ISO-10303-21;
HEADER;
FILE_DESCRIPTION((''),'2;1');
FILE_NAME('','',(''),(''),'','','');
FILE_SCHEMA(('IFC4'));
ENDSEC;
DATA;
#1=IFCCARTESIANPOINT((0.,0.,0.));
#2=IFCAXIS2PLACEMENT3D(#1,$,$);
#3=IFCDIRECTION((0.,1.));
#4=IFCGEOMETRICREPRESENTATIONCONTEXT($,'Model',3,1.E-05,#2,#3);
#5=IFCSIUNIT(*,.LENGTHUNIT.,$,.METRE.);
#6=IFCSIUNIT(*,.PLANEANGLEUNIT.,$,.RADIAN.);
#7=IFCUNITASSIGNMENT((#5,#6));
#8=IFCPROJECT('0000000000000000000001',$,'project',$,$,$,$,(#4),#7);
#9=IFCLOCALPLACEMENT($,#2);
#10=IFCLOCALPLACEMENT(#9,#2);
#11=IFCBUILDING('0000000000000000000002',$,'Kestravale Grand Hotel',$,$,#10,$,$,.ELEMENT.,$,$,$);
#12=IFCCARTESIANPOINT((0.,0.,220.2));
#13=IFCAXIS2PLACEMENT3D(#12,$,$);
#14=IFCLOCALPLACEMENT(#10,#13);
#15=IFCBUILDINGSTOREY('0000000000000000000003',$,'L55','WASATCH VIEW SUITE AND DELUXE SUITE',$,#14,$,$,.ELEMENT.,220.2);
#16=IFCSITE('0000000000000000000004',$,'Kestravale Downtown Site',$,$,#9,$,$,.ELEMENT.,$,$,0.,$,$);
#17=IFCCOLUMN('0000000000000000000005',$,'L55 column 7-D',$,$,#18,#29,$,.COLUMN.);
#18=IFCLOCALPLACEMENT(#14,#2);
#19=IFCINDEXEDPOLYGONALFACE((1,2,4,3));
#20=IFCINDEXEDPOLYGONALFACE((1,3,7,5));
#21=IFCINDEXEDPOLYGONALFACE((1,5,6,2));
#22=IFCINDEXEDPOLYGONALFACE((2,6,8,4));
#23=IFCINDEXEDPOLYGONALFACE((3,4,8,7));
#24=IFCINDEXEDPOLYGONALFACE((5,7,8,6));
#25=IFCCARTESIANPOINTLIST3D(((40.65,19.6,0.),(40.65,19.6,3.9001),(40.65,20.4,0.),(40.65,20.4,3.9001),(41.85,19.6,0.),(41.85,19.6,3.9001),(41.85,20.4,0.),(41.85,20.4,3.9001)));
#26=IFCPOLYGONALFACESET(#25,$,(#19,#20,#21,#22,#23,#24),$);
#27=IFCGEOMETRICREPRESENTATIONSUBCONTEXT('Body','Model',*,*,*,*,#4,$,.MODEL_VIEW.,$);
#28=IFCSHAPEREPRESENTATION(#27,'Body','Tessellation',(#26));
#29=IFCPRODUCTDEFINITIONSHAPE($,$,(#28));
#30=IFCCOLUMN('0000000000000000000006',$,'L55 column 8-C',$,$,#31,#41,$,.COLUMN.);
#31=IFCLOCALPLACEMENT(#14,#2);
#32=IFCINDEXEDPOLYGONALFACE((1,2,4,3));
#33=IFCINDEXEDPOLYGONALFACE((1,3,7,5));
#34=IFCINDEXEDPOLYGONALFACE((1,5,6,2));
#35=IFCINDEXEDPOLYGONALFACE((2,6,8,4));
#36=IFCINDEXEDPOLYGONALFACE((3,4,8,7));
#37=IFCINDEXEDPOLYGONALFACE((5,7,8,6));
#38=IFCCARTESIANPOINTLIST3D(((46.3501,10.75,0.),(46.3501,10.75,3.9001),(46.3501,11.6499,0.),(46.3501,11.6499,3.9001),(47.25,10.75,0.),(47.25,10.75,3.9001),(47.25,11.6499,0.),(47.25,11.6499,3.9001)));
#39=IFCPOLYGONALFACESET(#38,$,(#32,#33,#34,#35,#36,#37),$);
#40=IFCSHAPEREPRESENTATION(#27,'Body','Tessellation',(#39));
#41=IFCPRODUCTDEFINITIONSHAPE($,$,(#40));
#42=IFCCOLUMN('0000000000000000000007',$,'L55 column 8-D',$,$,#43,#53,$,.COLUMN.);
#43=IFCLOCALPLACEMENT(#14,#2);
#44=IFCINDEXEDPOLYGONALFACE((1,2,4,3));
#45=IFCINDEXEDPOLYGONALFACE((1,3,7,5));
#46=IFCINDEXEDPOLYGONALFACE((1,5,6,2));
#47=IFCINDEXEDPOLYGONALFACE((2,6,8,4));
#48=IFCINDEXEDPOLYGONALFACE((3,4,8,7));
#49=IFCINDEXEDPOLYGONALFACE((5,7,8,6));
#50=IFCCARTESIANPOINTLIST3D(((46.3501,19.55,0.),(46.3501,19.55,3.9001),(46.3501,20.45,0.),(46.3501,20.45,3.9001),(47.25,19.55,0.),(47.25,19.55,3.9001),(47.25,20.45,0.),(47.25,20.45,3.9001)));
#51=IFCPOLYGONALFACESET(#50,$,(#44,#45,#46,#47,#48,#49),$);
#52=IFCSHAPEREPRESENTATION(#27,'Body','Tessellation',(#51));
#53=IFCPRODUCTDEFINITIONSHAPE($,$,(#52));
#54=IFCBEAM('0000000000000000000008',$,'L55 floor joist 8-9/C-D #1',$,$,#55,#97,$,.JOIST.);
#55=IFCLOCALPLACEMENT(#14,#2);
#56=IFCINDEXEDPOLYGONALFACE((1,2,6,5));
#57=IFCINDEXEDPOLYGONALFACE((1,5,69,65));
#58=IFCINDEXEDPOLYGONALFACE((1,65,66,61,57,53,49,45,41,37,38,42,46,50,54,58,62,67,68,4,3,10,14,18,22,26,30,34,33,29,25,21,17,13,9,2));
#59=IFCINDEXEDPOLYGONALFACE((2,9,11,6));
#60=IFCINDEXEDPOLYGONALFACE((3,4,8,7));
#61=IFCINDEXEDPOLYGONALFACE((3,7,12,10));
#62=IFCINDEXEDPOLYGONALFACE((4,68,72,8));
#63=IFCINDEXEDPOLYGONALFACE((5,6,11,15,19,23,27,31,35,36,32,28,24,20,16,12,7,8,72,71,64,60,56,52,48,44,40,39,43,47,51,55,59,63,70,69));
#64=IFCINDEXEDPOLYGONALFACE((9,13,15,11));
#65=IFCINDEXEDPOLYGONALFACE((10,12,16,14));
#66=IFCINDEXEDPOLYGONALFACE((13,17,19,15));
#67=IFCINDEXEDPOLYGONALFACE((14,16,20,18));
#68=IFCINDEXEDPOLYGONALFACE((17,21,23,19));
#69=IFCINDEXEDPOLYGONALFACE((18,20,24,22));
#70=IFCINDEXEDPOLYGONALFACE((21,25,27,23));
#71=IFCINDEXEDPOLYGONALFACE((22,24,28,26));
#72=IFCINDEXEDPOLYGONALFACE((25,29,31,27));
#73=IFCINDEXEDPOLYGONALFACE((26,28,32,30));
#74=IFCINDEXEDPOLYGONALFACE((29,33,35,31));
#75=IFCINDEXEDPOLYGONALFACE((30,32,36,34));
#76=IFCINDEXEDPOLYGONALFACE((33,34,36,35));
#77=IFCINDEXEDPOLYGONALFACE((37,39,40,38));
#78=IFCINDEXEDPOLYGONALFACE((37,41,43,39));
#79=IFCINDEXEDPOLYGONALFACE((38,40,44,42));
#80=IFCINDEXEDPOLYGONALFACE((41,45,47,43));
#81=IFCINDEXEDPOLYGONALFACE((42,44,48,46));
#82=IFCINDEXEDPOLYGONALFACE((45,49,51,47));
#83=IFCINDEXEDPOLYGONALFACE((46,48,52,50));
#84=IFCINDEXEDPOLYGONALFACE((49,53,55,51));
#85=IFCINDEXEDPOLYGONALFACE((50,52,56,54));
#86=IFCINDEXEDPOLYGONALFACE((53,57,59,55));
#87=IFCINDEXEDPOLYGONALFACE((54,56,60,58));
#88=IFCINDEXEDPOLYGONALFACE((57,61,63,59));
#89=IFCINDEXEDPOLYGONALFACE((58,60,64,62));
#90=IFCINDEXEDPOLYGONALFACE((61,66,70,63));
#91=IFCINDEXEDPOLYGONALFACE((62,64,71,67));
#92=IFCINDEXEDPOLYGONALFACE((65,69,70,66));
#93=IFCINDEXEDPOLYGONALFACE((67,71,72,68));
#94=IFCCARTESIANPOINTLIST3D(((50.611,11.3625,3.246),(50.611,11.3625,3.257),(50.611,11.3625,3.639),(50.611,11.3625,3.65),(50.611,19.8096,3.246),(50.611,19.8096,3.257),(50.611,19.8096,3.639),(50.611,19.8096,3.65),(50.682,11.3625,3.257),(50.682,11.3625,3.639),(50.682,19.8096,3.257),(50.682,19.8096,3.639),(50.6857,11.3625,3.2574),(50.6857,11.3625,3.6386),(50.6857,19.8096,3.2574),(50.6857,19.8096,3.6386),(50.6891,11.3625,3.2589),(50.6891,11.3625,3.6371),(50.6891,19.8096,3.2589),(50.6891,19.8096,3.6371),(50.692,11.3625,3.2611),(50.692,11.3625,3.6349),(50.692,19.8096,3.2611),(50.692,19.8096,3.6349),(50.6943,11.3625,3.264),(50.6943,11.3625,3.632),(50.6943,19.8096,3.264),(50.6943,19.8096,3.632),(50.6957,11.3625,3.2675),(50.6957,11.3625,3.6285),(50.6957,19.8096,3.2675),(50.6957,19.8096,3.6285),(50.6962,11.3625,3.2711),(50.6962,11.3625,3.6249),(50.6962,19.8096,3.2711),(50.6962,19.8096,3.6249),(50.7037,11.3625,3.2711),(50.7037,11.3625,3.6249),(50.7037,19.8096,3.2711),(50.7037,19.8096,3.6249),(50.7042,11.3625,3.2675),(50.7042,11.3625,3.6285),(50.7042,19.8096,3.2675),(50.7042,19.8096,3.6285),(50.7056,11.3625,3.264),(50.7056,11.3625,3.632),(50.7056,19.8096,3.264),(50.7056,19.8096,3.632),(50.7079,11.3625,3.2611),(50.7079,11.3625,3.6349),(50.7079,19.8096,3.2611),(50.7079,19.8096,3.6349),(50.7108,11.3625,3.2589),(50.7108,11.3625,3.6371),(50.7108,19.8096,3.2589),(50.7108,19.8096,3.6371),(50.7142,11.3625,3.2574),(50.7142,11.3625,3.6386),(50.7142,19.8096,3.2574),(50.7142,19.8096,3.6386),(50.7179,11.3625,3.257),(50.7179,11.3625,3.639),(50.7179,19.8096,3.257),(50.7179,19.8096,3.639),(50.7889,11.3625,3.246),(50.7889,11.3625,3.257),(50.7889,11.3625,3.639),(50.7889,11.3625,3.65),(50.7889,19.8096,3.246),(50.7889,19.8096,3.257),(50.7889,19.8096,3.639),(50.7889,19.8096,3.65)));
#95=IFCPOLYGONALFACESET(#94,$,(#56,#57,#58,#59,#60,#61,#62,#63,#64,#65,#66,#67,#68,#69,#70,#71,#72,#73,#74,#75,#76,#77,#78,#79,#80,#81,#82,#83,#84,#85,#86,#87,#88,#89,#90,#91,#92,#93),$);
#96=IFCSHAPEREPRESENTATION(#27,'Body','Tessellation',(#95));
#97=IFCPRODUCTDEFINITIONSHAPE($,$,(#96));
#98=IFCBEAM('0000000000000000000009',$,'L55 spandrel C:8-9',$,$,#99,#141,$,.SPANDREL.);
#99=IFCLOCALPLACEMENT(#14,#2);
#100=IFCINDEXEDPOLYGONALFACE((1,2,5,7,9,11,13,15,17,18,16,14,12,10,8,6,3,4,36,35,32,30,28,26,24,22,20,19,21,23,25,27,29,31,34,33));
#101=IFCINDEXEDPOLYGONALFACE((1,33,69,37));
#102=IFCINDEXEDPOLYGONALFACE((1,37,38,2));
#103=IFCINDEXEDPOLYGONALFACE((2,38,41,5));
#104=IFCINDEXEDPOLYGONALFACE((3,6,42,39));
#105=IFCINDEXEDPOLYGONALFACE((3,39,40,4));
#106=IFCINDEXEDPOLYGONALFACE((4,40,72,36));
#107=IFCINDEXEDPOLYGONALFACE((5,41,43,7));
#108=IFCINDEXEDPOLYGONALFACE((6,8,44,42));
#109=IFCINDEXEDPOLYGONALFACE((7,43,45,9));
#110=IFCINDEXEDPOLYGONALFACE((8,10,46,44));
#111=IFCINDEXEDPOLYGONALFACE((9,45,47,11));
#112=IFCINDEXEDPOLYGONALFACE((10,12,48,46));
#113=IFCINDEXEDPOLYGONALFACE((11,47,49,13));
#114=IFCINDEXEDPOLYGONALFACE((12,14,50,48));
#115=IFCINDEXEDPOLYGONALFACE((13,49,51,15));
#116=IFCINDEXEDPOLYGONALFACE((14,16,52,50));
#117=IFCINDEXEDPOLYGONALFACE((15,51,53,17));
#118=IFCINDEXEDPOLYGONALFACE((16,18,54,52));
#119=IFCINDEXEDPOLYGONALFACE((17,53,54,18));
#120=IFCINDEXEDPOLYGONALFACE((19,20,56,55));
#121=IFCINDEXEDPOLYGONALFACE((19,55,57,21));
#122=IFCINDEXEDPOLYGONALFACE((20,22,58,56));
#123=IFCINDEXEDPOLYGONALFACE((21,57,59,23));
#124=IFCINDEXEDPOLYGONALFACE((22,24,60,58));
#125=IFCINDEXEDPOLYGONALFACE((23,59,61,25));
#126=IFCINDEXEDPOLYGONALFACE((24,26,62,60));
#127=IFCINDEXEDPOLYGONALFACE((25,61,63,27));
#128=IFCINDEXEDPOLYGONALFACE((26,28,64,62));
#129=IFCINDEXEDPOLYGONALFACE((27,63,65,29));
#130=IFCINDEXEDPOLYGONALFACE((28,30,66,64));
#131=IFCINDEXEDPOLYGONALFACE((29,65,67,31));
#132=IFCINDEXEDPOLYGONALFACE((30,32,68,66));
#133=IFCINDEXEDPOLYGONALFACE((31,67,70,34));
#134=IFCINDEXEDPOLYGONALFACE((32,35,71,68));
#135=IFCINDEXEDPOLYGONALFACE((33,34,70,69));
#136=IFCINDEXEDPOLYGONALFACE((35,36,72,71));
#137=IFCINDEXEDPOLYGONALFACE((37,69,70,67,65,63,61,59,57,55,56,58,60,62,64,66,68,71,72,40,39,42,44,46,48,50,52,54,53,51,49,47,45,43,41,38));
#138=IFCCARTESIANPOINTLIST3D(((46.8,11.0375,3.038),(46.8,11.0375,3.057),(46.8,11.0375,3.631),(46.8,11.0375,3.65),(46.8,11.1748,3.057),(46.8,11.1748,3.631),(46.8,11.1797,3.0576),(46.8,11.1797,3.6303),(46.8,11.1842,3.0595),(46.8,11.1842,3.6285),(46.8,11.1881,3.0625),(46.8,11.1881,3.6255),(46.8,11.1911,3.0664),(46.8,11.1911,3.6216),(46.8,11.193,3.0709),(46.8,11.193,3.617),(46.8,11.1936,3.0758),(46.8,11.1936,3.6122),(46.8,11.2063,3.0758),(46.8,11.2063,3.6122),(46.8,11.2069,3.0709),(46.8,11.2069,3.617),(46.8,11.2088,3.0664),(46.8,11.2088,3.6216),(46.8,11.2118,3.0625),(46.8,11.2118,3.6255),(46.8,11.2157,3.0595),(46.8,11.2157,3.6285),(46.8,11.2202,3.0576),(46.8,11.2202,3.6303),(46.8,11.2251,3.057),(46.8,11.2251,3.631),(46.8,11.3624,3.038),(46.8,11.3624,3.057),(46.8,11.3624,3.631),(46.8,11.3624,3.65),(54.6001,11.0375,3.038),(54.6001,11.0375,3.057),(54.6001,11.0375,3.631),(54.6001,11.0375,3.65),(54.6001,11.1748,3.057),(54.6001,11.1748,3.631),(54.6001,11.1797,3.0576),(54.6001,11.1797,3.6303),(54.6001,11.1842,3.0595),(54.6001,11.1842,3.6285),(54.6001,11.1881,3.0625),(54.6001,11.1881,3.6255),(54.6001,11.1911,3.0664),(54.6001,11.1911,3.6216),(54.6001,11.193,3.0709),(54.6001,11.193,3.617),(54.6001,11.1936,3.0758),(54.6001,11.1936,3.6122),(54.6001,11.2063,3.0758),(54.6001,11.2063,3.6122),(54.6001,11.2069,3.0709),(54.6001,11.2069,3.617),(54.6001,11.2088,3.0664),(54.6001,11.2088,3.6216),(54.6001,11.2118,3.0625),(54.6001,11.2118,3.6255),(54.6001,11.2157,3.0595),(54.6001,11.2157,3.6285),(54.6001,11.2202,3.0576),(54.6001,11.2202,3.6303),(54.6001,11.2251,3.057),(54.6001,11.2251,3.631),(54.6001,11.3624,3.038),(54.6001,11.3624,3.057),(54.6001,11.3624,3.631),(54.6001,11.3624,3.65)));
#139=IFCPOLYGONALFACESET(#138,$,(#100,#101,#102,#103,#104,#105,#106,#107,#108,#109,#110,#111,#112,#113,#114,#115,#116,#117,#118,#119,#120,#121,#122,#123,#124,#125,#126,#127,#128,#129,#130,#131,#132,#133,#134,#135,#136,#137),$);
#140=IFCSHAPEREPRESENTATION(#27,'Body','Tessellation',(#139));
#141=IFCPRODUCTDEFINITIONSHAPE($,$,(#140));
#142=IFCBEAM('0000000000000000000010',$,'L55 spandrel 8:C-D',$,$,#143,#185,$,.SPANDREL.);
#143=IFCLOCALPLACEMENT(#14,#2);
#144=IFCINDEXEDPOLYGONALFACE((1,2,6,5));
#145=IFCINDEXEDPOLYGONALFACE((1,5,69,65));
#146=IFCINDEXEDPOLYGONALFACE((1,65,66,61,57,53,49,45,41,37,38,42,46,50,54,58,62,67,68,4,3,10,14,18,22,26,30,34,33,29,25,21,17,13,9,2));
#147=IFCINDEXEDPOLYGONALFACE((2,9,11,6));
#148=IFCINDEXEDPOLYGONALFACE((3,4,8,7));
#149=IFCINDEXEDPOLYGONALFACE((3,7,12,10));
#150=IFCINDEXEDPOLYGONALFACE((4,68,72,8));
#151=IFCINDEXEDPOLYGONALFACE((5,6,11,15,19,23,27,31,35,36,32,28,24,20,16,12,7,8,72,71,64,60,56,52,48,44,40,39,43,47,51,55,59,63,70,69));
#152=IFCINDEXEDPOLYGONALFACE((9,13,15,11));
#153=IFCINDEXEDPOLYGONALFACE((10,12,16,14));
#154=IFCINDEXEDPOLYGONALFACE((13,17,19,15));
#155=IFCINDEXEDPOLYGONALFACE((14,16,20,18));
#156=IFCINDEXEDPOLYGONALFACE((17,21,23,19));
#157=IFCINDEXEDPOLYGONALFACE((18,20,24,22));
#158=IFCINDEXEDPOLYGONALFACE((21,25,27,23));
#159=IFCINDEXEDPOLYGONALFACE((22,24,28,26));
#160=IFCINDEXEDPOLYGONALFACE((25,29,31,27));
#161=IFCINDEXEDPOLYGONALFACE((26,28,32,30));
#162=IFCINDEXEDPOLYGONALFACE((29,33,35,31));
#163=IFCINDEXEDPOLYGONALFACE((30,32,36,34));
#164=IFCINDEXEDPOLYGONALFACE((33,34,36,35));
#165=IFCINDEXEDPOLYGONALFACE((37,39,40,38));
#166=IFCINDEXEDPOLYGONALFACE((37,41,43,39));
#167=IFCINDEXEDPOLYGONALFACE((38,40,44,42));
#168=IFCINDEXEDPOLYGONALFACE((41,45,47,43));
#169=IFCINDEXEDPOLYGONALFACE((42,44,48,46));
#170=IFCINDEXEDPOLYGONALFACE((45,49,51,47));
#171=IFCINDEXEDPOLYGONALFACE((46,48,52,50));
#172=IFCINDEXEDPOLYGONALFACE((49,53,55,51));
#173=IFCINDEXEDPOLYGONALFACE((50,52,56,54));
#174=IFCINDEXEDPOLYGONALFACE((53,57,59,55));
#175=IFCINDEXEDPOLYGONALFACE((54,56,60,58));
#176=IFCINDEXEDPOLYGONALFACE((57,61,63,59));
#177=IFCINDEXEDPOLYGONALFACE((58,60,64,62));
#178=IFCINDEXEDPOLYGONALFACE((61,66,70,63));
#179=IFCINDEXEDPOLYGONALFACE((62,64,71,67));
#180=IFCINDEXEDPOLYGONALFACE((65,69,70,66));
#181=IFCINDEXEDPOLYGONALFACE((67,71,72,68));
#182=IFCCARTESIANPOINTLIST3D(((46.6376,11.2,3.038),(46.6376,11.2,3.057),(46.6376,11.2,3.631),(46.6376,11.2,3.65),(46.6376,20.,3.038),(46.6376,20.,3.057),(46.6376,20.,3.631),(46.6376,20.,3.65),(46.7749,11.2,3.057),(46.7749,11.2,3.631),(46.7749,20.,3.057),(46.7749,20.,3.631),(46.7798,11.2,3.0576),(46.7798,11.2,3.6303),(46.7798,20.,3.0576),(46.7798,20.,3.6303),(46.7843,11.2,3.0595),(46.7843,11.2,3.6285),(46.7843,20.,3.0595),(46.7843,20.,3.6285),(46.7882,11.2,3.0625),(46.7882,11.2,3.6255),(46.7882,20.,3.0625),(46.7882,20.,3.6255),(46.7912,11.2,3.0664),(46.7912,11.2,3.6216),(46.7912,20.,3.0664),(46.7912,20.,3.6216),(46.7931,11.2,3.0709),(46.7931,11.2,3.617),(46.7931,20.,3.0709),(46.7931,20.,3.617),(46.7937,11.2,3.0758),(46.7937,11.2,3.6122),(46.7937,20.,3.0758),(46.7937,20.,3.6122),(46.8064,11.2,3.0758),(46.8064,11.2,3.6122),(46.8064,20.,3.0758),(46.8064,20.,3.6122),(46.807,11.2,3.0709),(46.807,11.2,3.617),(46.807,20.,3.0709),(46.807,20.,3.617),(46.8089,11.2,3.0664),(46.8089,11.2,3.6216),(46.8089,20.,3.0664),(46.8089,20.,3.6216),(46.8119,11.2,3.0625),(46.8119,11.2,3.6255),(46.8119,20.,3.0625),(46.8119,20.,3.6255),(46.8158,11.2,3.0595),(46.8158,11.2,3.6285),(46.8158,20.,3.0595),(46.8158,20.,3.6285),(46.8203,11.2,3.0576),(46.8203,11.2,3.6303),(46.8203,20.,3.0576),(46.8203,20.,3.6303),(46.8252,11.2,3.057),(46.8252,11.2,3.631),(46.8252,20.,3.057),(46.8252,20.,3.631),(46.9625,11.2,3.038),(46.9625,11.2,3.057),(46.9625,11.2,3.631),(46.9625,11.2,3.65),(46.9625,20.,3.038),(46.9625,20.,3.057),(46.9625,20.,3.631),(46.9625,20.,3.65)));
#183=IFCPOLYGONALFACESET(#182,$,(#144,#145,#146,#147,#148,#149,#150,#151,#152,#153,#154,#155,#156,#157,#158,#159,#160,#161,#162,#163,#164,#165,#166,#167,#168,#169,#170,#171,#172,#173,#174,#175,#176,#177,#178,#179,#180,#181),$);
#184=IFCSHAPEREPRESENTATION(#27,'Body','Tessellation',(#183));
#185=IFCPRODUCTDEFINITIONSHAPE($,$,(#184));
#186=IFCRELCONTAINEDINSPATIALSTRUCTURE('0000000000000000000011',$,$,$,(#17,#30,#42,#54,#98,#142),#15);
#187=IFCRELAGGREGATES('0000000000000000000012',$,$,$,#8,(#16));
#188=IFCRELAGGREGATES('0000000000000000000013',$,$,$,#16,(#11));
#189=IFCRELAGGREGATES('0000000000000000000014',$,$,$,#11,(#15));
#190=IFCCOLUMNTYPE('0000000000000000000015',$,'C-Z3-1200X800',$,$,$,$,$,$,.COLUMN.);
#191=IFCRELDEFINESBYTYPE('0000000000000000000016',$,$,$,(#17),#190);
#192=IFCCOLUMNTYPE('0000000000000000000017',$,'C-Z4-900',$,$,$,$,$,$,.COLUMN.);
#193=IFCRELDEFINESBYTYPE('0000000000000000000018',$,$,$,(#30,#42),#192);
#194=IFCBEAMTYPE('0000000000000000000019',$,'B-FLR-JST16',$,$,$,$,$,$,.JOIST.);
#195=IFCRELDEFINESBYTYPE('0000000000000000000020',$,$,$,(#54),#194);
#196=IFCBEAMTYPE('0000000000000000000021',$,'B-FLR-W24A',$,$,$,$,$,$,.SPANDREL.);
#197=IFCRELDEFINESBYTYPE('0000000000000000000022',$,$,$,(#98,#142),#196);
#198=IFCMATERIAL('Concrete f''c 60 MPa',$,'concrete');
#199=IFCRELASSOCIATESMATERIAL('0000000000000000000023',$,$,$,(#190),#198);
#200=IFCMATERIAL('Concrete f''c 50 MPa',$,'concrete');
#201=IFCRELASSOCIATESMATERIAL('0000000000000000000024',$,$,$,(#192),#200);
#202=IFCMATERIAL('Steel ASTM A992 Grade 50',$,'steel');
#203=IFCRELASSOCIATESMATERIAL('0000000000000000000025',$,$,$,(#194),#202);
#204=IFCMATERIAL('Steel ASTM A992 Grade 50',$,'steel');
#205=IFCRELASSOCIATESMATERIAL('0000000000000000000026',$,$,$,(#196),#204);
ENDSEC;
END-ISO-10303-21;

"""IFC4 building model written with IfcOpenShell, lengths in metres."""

from ifc_helpers import new_model, si_unit, direction, frame, origin, origin_2d, place, context, subcontext, project, spatial, rectangle, i_section, extrude, material, material_profile, profile_set, type_object, element, save


model = new_model("IFC4")

# Units and contexts
model_context = context("Model", 3, precision=1e-05, world=origin(), true_north=direction((0.0, 1.0)))
body_context = subcontext(model_context, "Body", "Model", "MODEL_VIEW")
ifc_project = project(units=[si_unit("LENGTHUNIT", "METRE"), si_unit("PLANEANGLEUNIT", "RADIAN")], contexts=[model_context])

# Site, building, storey
site_placement = place(None, origin())
site = spatial("IfcSite", under=ifc_project, at=site_placement, Name="Kestravale Downtown Site", CompositionType="ELEMENT", RefElevation=0.0)
building_placement = place(site_placement, origin())
building = spatial("IfcBuilding", under=site, at=building_placement, Name="Kestravale Grand Hotel", CompositionType="ELEMENT")
storey_placement = place(building_placement, frame((0.0, 0.0, 220.2)))
storey = spatial("IfcBuildingStorey", under=building, at=storey_placement, Name="L55", Description="WASATCH VIEW SUITE AND DELUXE SUITE", CompositionType="ELEMENT", Elevation=220.2)

# Columns
ifc_material_1 = material(Name="Concrete f'c 60 MPa", Category="concrete")
ifc_material_profile_1 = material_profile(ifc_material_1, rectangle(XDim=1.2, YDim=0.8, at=origin_2d()))
ifc_profile_set_1 = profile_set([ifc_material_profile_1], Name="Concrete f'c 60 MPa")
column_type_1 = type_object("IfcColumnType", Name="C-Z3-1200X800", PredefinedType="COLUMN", material=ifc_profile_set_1)
column_placement = place(storey_placement, frame((41.25, 20.0, 0.0), z_axis=(0.0, 0.0, 1.0), x_axis=(1.0, 0.0, 0.0)))
element("IfcColumn", 1, at=column_placement, inside=storey, type_object=column_type_1, Name="L55 column 7-D", PredefinedType="COLUMN", context=body_context, shape_type="SweptSolid", body=[
    extrude(rectangle(XDim=1.2, YDim=0.8, at=origin_2d()), origin(), (0.0, 0.0, 1.0), 3.9001),
])
ifc_material_2 = material(Name="Concrete f'c 50 MPa", Category="concrete")
ifc_material_profile_2 = material_profile(ifc_material_2, rectangle(XDim=0.8999, YDim=0.8999, at=origin_2d()))
ifc_profile_set_2 = profile_set([ifc_material_profile_2], Name="Concrete f'c 50 MPa")
column_type_2 = type_object("IfcColumnType", Name="C-Z4-900", PredefinedType="COLUMN", material=ifc_profile_set_2)
for number, where, z_axis, x_axis, name in (
    (2, (46.8, 11.2, 0.0), (0.0, 0.0, 1.0), (1.0, 0.0, 0.0), "L55 column 8-C"),
    (3, (46.8, 20.0, 0.0), (0.0, 0.0, 1.0), (1.0, 0.0, 0.0), "L55 column 8-D"),
):
    element("IfcColumn", number, at=place(storey_placement, frame(where, z_axis=z_axis, x_axis=x_axis)), inside=storey, type_object=column_type_2, Name=name, PredefinedType="COLUMN", context=body_context, shape_type="SweptSolid", body=[
        extrude(rectangle(XDim=0.8999, YDim=0.8999, at=origin_2d()), origin(), (0.0, 0.0, 1.0), 3.9001),
    ])

# Beams
ifc_material_3 = material(Name="Steel ASTM A992 Grade 50", Category="steel")
ifc_material_profile_3 = material_profile(ifc_material_3, i_section(OverallWidth=0.178, OverallDepth=0.4041, WebThickness=0.0076, FlangeThickness=0.011, FilletRadius=0.0142, at=origin_2d()))
ifc_profile_set_3 = profile_set([ifc_material_profile_3], Name="Steel ASTM A992 Grade 50")
beam_type_1 = type_object("IfcBeamType", Name="B-FLR-JST16", PredefinedType="JOIST", material=ifc_profile_set_3)
beam_1_placement = place(storey_placement, frame((50.7, 11.3625, 3.448), z_axis=(0.0, 1.0, 0.0), x_axis=(-1.0, 0.0, 0.0)))
element("IfcBeam", 4, at=beam_1_placement, inside=storey, type_object=beam_type_1, Name="L55 floor joist 8-9/C-D #1", PredefinedType="JOIST", context=body_context, shape_type="SweptSolid", body=[
    extrude(i_section(OverallWidth=0.178, OverallDepth=0.4041, WebThickness=0.0076, FlangeThickness=0.011, FilletRadius=0.0142, at=origin_2d()), origin(), (0.0, 0.0, 1.0), 8.447),
])
ifc_material_4 = material(Name="Steel ASTM A992 Grade 50", Category="steel")
ifc_material_profile_4 = material_profile(ifc_material_4, i_section(OverallWidth=0.325, OverallDepth=0.6121, WebThickness=0.0127, FlangeThickness=0.019, FilletRadius=0.0188, at=origin_2d()))
ifc_profile_set_4 = profile_set([ifc_material_profile_4], Name="Steel ASTM A992 Grade 50")
beam_type_2 = type_object("IfcBeamType", Name="B-FLR-W24A", PredefinedType="SPANDREL", material=ifc_profile_set_4)
beam_2_placement = place(storey_placement, frame((46.8, 11.2, 3.344), z_axis=(1.0, 0.0, 0.0), x_axis=(0.0, 1.0, 0.0)))
element("IfcBeam", 5, at=beam_2_placement, inside=storey, type_object=beam_type_2, Name="L55 spandrel C:8-9", PredefinedType="SPANDREL", context=body_context, shape_type="SweptSolid", body=[
    extrude(i_section(OverallWidth=0.325, OverallDepth=0.6121, WebThickness=0.0127, FlangeThickness=0.019, FilletRadius=0.0188, at=origin_2d()), origin(), (0.0, 0.0, 1.0), 7.8),
])
beam_3_placement = place(storey_placement, frame((46.8, 11.2, 3.344), z_axis=(0.0, 1.0, 0.0), x_axis=(-1.0, 0.0, 0.0)))
element("IfcBeam", 6, at=beam_3_placement, inside=storey, type_object=beam_type_2, Name="L55 spandrel 8:C-D", PredefinedType="SPANDREL", context=body_context, shape_type="SweptSolid", body=[
    extrude(i_section(OverallWidth=0.325, OverallDepth=0.6121, WebThickness=0.0127, FlangeThickness=0.019, FilletRadius=0.0188, at=origin_2d()), origin(), (0.0, 0.0, 1.0), 8.8),
])

save(model, "model.ifc")
